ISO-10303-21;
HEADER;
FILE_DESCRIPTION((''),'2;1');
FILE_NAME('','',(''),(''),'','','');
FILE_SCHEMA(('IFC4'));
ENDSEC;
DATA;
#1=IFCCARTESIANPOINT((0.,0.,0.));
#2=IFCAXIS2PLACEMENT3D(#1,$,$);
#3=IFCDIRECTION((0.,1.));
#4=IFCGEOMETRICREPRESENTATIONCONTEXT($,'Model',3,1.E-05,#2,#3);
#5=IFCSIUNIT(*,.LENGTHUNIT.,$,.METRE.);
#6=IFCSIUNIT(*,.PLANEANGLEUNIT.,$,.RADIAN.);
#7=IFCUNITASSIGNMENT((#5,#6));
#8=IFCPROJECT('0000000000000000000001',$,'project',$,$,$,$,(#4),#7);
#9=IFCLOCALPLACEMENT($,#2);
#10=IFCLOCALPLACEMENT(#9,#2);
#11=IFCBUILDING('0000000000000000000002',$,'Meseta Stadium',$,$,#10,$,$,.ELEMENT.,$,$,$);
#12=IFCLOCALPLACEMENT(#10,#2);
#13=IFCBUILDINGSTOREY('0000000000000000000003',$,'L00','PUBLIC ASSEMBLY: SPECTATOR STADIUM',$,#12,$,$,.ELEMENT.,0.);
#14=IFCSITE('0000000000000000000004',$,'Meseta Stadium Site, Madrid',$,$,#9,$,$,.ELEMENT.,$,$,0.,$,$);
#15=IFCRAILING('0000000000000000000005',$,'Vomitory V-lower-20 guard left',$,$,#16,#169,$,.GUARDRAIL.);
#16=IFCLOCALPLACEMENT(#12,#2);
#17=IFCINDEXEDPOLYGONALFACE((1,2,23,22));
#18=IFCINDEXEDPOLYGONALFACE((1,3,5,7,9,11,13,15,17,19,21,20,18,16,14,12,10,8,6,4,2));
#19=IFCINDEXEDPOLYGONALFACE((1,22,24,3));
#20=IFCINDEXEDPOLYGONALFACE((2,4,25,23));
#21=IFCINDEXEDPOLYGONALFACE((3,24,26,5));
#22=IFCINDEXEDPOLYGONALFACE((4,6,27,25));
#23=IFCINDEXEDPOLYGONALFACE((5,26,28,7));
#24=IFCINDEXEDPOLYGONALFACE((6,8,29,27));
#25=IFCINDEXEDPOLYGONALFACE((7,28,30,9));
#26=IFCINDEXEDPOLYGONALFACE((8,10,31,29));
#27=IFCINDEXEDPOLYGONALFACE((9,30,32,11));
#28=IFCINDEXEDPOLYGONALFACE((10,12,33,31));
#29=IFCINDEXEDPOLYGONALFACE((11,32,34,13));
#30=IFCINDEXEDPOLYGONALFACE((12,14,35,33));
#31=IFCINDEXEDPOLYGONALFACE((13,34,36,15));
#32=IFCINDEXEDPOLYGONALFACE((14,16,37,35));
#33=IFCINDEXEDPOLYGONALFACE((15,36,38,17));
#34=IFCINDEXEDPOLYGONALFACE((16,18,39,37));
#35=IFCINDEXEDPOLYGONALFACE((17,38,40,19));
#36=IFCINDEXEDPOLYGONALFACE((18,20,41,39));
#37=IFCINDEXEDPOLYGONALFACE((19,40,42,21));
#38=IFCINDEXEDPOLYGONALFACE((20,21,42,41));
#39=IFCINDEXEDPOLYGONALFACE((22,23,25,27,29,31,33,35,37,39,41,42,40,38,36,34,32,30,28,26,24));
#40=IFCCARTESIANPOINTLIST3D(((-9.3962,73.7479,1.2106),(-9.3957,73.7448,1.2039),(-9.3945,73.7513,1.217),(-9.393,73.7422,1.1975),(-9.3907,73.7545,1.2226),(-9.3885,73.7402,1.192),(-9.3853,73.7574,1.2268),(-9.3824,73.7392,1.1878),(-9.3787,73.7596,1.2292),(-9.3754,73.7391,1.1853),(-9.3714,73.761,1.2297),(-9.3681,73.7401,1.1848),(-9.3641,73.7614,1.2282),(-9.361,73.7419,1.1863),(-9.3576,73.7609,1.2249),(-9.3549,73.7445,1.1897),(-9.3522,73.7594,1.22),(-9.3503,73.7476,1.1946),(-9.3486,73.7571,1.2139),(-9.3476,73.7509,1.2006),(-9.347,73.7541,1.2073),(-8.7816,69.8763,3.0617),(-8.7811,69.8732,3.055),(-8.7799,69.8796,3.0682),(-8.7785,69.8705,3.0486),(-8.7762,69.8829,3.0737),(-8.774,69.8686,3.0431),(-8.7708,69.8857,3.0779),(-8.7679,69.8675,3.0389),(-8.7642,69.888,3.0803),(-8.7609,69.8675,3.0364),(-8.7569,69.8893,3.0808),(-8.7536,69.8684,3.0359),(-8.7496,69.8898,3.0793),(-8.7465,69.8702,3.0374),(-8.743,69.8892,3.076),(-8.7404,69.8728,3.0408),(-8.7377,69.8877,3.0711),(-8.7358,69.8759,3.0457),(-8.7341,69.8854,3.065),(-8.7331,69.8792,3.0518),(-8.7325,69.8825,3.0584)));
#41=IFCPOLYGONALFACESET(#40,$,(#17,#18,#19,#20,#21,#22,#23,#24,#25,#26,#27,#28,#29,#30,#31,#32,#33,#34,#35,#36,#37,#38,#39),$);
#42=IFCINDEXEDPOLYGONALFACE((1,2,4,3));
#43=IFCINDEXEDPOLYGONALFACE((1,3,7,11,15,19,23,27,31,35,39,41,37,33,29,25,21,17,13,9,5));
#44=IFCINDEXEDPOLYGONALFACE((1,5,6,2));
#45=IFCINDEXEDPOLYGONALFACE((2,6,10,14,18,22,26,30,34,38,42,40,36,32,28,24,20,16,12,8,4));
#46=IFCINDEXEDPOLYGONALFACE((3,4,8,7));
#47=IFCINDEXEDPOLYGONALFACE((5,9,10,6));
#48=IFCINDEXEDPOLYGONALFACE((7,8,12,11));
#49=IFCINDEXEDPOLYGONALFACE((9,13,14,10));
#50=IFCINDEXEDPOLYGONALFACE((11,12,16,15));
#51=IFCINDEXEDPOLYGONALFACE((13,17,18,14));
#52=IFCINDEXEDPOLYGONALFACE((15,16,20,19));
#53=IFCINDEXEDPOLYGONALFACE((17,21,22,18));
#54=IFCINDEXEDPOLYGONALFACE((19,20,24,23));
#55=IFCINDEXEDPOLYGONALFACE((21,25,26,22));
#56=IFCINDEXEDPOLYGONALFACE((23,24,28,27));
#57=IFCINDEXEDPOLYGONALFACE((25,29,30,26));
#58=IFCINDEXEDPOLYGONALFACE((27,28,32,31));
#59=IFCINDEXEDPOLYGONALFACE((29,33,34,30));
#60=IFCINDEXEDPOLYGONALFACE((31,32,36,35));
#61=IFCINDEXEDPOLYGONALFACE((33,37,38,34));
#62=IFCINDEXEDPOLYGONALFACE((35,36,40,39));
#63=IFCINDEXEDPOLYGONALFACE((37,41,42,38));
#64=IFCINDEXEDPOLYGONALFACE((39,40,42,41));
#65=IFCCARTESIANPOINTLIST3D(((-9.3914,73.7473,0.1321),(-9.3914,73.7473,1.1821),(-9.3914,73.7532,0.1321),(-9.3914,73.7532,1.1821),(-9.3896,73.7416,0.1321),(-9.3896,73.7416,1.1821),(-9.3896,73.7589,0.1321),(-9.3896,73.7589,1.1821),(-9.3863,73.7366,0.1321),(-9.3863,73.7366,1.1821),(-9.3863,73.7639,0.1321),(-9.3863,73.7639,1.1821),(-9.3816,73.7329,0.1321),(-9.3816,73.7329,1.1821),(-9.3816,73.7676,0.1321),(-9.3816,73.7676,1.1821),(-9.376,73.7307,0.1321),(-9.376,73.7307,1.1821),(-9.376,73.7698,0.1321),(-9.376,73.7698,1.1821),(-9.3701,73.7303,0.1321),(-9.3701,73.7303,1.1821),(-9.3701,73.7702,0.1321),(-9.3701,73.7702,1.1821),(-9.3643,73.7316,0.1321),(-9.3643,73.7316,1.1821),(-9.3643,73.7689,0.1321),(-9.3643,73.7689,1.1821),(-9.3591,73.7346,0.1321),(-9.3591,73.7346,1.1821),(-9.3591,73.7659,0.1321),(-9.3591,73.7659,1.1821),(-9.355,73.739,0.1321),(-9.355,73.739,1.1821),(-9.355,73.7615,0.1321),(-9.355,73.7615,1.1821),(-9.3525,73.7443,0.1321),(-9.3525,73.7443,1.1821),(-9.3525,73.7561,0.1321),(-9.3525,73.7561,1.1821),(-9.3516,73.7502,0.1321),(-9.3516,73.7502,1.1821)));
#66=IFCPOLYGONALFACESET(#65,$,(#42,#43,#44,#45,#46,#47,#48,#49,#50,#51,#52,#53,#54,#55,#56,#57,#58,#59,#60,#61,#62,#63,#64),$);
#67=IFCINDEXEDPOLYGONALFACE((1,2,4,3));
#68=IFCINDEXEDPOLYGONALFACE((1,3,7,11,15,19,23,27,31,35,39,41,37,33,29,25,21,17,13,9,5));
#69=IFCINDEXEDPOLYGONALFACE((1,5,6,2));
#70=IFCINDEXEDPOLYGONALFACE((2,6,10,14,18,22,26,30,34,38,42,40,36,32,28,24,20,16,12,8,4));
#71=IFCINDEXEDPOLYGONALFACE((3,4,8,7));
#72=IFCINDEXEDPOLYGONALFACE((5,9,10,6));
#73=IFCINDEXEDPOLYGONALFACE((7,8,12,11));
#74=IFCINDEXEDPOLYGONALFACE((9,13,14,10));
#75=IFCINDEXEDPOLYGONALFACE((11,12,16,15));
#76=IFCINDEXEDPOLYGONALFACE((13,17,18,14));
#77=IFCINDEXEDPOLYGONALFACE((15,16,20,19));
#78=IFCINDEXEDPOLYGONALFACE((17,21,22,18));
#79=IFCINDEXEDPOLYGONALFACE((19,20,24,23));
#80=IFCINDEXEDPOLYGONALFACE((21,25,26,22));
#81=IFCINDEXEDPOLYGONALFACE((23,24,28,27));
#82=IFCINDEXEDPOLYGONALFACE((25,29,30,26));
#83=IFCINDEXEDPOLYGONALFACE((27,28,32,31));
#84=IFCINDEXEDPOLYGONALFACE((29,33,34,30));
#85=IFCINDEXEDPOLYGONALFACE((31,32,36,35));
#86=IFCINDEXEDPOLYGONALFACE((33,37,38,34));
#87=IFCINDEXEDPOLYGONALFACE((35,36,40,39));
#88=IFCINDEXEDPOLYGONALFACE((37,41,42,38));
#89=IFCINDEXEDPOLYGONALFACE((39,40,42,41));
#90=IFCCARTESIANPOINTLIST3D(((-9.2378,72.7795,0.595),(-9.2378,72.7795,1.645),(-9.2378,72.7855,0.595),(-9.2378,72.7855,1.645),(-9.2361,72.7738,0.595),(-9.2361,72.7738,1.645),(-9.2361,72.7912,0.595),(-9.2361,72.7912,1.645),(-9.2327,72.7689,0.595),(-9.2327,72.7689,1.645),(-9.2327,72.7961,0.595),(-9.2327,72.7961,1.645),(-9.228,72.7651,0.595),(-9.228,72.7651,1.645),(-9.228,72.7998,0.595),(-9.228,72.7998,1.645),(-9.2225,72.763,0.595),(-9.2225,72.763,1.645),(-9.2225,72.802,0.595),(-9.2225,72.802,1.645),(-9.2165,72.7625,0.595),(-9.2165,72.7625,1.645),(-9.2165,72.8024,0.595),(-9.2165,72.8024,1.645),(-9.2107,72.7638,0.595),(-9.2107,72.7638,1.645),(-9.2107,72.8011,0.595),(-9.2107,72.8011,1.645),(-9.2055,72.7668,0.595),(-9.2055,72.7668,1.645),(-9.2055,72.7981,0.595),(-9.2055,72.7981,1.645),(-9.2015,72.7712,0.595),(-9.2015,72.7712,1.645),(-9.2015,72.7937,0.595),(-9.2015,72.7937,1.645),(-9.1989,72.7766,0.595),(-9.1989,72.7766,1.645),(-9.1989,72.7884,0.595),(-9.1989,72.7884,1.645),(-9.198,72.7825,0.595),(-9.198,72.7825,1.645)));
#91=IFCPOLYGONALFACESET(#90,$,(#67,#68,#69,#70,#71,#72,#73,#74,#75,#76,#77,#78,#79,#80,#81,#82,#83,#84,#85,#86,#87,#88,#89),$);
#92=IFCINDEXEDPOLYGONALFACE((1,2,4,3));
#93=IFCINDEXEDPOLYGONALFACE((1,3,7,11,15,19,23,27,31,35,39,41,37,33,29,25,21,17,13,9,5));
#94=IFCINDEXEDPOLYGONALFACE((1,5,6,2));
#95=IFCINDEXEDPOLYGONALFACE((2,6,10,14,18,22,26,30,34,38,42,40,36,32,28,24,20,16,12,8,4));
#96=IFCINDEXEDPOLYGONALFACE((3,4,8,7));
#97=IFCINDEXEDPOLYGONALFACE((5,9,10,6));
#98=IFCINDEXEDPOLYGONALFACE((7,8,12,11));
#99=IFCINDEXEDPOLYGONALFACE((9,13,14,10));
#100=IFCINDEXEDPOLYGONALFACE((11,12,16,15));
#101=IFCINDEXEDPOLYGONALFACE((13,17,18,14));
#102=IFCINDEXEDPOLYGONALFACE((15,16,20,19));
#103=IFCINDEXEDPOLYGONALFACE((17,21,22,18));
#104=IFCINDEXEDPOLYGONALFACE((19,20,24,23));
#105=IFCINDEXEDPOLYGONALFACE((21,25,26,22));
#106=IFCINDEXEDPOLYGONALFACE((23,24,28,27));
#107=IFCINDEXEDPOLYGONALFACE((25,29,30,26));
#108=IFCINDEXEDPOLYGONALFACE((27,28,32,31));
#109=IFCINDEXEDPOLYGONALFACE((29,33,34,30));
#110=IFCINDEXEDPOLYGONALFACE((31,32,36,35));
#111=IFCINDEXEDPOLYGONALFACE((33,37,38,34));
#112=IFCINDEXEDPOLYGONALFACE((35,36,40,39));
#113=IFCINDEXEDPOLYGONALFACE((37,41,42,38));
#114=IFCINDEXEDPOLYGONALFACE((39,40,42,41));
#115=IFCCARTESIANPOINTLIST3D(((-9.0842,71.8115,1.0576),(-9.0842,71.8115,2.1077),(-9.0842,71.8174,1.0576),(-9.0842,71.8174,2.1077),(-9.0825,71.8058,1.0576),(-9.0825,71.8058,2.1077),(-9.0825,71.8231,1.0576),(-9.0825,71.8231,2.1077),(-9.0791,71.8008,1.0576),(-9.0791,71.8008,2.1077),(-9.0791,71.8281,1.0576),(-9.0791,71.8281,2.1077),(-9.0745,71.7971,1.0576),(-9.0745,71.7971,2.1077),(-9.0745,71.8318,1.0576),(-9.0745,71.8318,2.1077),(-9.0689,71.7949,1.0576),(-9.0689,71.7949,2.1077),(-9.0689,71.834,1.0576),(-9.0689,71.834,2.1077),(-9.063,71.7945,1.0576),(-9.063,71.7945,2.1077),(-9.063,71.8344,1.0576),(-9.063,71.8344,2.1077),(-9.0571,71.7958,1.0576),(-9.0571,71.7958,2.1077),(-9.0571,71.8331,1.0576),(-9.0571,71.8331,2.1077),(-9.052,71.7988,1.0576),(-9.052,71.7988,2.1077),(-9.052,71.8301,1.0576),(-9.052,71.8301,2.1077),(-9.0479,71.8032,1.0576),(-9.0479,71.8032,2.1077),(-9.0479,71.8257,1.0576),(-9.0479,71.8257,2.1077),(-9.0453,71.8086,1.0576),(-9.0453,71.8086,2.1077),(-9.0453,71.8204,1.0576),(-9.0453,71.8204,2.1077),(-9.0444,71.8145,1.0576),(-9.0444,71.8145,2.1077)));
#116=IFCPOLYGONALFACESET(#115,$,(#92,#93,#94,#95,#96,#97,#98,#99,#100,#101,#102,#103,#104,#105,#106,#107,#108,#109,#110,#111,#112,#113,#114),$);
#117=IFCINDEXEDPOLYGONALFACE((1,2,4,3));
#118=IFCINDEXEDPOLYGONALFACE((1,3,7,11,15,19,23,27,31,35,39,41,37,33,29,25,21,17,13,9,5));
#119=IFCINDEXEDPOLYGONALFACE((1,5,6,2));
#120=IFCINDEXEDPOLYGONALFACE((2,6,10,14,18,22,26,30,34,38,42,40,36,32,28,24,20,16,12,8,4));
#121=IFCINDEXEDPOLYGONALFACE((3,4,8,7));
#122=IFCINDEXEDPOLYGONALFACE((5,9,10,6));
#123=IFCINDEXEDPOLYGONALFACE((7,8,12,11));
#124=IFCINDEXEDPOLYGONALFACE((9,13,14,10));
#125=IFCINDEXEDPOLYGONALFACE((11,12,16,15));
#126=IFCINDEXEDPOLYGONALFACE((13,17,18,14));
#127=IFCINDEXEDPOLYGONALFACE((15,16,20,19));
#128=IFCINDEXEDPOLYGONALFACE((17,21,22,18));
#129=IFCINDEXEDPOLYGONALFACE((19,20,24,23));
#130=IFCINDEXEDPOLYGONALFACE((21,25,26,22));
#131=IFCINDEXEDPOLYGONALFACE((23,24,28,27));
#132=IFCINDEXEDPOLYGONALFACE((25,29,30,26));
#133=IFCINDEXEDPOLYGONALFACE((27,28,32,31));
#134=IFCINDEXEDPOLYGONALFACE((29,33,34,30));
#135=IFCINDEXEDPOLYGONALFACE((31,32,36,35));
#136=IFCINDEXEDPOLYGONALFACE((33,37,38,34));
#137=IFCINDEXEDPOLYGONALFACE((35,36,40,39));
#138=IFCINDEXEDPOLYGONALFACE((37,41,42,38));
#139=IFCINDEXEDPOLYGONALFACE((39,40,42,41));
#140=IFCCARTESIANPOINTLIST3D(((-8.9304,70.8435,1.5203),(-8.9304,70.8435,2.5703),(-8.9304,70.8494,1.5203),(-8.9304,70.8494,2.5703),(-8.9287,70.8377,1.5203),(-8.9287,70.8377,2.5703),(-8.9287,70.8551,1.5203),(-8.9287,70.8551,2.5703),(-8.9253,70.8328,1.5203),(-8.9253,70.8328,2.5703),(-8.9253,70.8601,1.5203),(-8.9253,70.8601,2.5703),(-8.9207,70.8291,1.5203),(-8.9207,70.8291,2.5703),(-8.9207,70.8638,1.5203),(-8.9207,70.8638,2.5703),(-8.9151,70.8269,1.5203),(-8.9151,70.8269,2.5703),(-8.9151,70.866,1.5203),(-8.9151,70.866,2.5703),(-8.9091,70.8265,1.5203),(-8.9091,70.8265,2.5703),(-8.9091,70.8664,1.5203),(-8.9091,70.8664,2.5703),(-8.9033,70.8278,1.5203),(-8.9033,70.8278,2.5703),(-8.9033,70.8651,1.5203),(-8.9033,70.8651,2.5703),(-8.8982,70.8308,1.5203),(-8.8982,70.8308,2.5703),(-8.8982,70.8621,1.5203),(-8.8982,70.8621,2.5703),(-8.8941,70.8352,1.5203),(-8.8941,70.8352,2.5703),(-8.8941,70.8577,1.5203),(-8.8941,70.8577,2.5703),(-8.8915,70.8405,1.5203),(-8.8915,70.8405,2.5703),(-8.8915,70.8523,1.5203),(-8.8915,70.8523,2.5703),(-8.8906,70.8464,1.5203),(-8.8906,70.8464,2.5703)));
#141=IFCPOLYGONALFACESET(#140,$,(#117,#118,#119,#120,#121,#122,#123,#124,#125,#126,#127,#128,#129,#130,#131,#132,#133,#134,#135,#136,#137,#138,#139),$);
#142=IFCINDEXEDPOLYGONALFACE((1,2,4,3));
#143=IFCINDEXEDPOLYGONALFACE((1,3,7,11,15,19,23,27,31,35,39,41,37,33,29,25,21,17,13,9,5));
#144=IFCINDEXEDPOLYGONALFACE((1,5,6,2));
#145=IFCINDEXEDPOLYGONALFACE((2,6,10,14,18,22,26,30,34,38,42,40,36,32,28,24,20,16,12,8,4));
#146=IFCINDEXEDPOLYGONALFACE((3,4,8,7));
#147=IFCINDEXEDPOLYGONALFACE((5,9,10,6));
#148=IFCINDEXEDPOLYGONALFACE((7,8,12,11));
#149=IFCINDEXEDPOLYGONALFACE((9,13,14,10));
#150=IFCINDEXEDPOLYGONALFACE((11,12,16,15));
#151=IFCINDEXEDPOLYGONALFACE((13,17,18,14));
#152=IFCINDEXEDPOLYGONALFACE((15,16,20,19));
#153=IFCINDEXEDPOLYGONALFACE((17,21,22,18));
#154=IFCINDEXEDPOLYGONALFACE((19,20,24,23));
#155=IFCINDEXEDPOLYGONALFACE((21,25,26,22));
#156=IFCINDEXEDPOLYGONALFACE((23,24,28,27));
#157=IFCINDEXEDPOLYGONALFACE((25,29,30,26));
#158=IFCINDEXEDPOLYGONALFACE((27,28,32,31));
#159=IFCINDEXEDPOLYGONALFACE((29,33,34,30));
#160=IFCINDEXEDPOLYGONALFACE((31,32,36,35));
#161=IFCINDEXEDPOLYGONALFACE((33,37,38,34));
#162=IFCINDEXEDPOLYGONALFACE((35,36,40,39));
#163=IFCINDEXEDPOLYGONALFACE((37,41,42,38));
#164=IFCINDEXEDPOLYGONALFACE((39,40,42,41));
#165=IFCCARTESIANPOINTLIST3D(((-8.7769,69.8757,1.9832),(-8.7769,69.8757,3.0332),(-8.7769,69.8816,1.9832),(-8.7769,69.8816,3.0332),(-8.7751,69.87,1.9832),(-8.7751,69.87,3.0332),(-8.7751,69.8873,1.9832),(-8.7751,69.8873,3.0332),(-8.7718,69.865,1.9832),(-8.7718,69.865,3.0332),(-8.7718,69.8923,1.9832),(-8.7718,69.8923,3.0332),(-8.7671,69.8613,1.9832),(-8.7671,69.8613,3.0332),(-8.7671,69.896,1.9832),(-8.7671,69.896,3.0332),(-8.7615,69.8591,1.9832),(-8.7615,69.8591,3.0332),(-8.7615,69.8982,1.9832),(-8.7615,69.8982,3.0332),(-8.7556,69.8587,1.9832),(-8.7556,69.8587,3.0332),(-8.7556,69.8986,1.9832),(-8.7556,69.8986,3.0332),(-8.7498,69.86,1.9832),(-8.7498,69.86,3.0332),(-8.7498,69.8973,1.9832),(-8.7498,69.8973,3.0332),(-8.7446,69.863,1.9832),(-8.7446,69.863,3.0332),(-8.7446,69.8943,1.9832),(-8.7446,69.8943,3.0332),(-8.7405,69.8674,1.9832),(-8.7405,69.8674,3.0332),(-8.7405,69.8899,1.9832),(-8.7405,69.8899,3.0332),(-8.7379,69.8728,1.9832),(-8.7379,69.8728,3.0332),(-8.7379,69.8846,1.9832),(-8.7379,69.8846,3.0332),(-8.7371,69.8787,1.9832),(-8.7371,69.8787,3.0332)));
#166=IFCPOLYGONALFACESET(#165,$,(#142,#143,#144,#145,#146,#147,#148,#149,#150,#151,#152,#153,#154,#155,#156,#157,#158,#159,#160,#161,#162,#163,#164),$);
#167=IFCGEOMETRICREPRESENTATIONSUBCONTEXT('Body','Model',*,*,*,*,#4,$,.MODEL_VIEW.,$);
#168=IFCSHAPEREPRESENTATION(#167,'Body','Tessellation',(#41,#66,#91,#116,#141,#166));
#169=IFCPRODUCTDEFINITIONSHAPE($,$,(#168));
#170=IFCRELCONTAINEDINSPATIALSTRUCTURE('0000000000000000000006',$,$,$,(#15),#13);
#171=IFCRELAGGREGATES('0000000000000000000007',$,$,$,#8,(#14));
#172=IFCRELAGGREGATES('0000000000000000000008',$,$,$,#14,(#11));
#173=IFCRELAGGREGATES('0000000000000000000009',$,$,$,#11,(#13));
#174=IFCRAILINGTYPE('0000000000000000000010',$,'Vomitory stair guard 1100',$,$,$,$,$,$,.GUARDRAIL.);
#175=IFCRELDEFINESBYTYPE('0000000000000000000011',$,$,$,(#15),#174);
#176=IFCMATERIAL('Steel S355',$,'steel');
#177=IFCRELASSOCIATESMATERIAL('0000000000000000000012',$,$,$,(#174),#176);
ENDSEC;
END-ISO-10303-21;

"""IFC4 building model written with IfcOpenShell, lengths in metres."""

from ifc_helpers import new_model, si_unit, direction, frame, origin, origin_2d, place, context, subcontext, project, spatial, circle, extrude, material, type_object, element, save


model = new_model("IFC4")

# Units and contexts
model_context = context("Model", 3, precision=1e-05, world=origin(), true_north=direction((0.0, 1.0)))
body_context = subcontext(model_context, "Body", "Model", "MODEL_VIEW")
ifc_project = project(units=[si_unit("LENGTHUNIT", "METRE"), si_unit("PLANEANGLEUNIT", "RADIAN")], contexts=[model_context])

# Site, building, storey
site_placement = place(None, origin())
site = spatial("IfcSite", under=ifc_project, at=site_placement, Name="Meseta Stadium Site, Madrid", CompositionType="ELEMENT", RefElevation=0.0)
building_placement = place(site_placement, origin())
building = spatial("IfcBuilding", under=site, at=building_placement, Name="Meseta Stadium", CompositionType="ELEMENT")
storey_placement = place(building_placement, origin())
storey = spatial("IfcBuildingStorey", under=building, at=storey_placement, Name="L00", Description="PUBLIC ASSEMBLY: SPECTATOR STADIUM", CompositionType="ELEMENT", Elevation=0.0)

# Railing
ifc_material_1 = material(Name="Steel S355", Category="steel")
railing_type_1 = type_object("IfcRailingType", Name="Vomitory stair guard 1100", PredefinedType="GUARDRAIL", material=ifc_material_1)
for number, where, name in (
    (1, (-9.3716, 73.7502, 0.1321), "Vomitory V-lower-20 guard left"),
):
    element("IfcRailing", number, at=place(storey_placement, frame(where)), inside=storey, type_object=railing_type_1, Name=name, PredefinedType="GUARDRAIL", context=body_context, shape_type="SweptSolid", body=[
        extrude(circle(Radius=0.0249, at=origin_2d()), frame((0.0, 0.0, 1.0752), z_axis=(0.14175, -0.893074, 0.426995), x_axis=(0.987637, 0.156759, 0.0)), (0.0, 0.0, 1.0), 4.3352),
        extrude(circle(Radius=0.02, at=origin_2d()), origin(), (0.0, 0.0, 1.0), 1.05),
        extrude(circle(Radius=0.02, at=origin_2d()), frame((0.1536, -0.9678, 0.4629)), (0.0, 0.0, 1.0), 1.05),
        extrude(circle(Radius=0.02, at=origin_2d()), frame((0.3071, -1.9358, 0.9255)), (0.0, 0.0, 1.0), 1.05),
        extrude(circle(Radius=0.02, at=origin_2d()), frame((0.4609, -2.9038, 1.3882)), (0.0, 0.0, 1.0), 1.05),
        extrude(circle(Radius=0.02, at=origin_2d()), frame((0.6145, -3.8716, 1.8511)), (0.0, 0.0, 1.0), 1.05),
    ])

save(model, "model.ifc")
